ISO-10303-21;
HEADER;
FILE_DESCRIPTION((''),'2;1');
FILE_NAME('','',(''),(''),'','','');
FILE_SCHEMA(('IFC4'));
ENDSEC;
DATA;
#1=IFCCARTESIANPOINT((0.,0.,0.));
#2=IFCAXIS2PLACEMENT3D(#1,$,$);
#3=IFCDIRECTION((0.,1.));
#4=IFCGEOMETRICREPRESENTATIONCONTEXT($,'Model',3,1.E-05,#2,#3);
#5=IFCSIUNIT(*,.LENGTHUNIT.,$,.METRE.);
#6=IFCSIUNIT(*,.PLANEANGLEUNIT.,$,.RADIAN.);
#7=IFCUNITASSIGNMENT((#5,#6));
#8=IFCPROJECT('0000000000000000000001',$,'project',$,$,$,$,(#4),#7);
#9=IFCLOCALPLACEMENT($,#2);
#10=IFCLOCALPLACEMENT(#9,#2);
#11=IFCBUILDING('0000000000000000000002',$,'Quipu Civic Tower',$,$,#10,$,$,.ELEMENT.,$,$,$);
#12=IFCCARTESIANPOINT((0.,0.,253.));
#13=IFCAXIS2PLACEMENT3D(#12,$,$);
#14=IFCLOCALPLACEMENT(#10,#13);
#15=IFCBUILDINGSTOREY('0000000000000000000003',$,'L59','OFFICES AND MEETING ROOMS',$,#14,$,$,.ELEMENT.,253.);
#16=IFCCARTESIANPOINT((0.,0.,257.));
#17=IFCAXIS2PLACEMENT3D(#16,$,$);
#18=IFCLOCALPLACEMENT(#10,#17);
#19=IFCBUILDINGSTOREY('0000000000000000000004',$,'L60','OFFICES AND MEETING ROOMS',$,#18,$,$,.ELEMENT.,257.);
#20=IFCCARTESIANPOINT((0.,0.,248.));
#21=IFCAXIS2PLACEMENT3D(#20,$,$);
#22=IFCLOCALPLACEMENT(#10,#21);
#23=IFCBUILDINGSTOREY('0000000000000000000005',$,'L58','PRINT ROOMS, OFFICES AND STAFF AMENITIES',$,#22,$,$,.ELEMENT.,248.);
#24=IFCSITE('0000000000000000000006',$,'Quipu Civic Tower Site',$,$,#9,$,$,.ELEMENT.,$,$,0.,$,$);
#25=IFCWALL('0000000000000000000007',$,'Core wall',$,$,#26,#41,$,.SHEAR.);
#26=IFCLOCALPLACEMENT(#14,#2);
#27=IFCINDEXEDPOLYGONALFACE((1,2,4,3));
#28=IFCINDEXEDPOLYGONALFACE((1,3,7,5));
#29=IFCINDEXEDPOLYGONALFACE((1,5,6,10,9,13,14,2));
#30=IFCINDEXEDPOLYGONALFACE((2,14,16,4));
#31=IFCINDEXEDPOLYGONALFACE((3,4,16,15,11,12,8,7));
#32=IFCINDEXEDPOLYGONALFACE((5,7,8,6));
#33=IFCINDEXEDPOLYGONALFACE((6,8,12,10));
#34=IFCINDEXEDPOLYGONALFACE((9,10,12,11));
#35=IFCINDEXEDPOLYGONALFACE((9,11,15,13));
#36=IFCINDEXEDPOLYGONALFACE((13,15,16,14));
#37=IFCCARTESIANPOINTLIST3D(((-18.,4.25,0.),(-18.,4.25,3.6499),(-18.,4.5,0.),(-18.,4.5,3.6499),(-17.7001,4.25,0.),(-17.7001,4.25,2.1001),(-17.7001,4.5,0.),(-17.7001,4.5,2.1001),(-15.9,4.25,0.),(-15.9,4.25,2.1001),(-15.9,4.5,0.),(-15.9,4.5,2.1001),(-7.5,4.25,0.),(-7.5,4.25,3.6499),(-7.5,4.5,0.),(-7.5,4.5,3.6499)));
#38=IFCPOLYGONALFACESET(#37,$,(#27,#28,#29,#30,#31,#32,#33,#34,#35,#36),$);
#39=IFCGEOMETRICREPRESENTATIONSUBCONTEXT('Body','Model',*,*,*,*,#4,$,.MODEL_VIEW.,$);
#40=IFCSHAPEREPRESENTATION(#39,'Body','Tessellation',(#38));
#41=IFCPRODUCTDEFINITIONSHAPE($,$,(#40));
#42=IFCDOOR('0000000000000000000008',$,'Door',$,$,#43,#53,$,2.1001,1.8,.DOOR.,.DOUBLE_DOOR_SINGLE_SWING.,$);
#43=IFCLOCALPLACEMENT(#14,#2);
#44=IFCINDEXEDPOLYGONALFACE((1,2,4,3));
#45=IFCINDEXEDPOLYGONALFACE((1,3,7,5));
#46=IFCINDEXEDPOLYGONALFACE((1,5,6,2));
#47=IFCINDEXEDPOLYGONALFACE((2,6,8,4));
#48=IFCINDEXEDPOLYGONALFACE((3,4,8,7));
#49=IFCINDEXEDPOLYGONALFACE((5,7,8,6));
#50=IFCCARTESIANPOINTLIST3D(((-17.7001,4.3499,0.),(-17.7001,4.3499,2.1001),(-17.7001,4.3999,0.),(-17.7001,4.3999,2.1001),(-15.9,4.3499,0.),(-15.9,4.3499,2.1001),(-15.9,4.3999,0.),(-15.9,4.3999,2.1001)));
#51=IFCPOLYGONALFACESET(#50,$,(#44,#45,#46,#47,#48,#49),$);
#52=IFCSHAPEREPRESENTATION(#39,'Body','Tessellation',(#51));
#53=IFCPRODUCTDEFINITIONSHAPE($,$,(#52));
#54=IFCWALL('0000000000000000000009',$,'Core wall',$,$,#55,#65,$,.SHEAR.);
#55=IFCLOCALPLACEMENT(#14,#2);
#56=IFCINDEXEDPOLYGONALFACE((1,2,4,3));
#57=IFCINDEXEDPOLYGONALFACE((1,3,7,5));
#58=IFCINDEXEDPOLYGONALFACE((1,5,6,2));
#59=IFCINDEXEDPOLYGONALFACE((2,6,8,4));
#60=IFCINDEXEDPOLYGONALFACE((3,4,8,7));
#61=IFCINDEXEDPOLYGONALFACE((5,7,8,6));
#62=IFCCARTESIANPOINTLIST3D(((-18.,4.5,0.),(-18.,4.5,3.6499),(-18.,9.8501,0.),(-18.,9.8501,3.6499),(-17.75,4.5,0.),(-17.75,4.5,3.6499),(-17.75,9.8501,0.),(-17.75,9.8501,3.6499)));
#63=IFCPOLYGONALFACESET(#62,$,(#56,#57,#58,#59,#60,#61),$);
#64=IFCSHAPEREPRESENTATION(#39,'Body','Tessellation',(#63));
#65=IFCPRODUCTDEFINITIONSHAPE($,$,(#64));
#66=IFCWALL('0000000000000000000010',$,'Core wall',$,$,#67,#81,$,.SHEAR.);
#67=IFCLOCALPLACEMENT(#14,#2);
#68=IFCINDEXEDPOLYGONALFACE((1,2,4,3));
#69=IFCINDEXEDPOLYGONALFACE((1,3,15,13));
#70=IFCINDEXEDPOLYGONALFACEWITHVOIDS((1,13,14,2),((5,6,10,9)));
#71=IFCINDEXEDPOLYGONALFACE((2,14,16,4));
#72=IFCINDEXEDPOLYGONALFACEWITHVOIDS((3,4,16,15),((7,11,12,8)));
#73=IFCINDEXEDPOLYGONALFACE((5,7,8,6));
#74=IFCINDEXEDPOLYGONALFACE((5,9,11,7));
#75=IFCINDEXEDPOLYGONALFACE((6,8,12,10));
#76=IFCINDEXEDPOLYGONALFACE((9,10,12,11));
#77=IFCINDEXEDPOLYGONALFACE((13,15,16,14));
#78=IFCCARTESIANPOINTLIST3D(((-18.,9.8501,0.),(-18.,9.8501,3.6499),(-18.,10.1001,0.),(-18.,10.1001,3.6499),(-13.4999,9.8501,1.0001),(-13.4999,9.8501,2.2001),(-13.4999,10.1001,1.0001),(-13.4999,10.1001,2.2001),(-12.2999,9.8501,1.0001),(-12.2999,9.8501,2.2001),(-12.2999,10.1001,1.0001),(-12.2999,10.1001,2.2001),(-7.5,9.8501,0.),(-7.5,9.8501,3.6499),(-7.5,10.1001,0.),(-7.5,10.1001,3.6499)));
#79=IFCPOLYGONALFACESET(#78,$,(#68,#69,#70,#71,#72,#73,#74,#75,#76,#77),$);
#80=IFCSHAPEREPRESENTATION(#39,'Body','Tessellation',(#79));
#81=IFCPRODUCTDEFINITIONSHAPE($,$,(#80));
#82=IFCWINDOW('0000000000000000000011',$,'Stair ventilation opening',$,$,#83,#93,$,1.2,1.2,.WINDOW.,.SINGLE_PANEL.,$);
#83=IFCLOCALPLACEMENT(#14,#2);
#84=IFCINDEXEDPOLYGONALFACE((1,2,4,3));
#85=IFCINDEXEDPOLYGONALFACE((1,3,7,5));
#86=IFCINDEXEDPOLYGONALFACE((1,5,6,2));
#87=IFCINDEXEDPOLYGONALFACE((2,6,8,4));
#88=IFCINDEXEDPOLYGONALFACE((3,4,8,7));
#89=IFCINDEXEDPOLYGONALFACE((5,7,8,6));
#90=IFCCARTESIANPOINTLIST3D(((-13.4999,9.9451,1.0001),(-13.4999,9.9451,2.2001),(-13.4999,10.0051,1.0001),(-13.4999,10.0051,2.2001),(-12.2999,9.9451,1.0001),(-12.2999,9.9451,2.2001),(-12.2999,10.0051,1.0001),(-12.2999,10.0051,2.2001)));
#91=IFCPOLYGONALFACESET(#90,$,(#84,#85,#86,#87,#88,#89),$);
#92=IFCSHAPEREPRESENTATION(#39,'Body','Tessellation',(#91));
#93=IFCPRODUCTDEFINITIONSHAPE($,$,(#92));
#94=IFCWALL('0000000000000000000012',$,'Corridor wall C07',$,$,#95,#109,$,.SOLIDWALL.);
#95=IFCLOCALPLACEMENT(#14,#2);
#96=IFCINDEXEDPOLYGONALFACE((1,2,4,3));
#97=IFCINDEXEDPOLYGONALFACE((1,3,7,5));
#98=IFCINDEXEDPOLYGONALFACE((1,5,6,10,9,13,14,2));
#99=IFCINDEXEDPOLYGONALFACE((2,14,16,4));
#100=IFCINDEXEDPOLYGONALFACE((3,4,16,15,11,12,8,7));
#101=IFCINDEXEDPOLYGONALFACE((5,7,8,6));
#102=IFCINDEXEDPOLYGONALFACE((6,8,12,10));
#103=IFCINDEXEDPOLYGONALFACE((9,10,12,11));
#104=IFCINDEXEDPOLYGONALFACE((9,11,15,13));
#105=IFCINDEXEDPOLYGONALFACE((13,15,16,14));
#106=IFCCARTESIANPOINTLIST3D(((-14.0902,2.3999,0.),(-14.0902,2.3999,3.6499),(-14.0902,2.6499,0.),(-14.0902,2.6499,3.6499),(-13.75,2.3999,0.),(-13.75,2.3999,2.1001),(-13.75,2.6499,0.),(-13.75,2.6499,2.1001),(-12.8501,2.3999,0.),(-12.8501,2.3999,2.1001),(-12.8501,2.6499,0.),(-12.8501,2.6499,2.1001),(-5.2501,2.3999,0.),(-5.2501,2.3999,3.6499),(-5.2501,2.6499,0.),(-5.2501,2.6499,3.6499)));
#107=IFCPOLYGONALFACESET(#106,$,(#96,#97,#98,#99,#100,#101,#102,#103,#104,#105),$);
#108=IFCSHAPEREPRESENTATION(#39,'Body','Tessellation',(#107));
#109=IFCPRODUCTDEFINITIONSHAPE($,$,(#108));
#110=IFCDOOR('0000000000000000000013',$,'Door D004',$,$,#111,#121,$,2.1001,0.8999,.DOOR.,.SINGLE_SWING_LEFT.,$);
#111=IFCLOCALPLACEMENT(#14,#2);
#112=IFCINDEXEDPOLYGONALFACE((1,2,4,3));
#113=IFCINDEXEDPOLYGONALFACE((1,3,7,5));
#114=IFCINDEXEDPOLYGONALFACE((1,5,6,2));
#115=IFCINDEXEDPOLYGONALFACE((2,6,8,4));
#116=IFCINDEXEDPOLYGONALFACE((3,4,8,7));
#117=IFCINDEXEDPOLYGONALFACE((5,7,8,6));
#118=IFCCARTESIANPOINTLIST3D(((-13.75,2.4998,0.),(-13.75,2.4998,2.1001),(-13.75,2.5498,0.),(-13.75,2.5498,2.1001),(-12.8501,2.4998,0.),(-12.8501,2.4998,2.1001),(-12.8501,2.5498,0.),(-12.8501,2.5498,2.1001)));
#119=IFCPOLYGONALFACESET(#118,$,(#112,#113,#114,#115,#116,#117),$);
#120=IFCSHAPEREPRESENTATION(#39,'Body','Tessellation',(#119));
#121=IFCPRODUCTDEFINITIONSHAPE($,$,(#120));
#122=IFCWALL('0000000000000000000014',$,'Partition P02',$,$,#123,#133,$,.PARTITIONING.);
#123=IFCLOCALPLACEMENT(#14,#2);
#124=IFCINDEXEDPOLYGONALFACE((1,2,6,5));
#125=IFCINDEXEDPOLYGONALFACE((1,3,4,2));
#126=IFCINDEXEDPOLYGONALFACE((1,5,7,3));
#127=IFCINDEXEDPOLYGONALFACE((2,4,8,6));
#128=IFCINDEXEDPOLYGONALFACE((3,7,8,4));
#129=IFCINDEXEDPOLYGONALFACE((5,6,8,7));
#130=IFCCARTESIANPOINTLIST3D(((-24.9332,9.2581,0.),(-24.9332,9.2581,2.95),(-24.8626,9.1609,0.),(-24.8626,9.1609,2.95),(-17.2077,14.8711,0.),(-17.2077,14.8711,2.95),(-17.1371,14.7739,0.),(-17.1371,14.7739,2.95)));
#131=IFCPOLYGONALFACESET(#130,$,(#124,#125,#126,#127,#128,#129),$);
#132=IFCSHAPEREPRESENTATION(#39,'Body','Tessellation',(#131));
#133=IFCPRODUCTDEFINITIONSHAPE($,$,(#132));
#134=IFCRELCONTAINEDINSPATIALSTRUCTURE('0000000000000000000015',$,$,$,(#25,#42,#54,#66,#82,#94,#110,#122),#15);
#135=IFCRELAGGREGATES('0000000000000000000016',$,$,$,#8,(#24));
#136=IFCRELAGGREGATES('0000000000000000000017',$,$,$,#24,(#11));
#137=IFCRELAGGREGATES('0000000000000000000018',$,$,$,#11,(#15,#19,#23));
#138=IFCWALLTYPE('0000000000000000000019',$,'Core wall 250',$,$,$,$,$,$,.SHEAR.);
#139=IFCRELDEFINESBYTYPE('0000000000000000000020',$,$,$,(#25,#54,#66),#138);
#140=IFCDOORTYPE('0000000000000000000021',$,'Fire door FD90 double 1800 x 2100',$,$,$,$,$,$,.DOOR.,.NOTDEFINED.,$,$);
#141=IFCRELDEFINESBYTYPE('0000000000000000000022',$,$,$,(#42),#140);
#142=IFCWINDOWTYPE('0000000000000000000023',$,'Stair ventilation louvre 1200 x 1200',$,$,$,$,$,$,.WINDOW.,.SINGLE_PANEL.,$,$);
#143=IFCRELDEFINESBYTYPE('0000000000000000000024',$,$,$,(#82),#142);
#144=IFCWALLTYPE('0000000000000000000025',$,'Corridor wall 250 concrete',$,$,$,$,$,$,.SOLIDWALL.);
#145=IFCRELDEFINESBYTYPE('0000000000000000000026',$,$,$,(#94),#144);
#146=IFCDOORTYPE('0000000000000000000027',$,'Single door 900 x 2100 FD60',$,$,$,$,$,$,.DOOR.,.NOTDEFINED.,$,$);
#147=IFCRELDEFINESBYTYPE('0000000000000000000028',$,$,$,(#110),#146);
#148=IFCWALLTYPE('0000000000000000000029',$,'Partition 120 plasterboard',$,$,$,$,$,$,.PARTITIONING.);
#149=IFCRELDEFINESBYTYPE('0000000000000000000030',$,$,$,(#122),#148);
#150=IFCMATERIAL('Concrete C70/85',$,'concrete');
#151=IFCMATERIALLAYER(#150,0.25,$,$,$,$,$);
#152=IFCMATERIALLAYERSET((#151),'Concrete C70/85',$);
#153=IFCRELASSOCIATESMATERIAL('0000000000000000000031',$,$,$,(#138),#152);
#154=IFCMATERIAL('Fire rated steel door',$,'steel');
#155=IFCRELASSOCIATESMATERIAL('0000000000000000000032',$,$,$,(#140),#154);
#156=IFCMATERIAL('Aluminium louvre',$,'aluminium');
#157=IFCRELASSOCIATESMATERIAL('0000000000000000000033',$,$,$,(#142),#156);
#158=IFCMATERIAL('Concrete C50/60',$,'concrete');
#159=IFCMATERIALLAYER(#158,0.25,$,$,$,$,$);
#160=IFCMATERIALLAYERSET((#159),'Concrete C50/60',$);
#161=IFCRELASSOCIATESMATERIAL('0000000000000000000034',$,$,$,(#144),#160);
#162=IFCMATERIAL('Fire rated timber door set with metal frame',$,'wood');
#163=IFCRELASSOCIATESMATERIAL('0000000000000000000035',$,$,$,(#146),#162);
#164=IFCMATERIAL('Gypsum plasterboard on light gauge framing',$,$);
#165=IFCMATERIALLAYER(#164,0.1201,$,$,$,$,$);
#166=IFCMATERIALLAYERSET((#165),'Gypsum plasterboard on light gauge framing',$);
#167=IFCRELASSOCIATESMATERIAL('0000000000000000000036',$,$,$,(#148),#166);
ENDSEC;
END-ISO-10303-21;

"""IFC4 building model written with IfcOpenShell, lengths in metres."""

from ifc_helpers import new_model, si_unit, direction, frame, frame_2d, origin, place, context, subcontext, project, spatial, rectangle, extrude, material, layer, layer_set, type_object, element, fill, save


model = new_model("IFC4")

# Units and contexts
model_context = context("Model", 3, precision=1e-05, world=origin(), true_north=direction((0.0, 1.0)))
body_context = subcontext(model_context, "Body", "Model", "MODEL_VIEW")
ifc_project = project(units=[si_unit("LENGTHUNIT", "METRE"), si_unit("PLANEANGLEUNIT", "RADIAN")], contexts=[model_context])

# Site, building, storey
site_placement = place(None, origin())
site = spatial("IfcSite", under=ifc_project, at=site_placement, Name="Quipu Civic Tower Site", CompositionType="ELEMENT", RefElevation=0.0)
building_placement = place(site_placement, origin())
building = spatial("IfcBuilding", under=site, at=building_placement, Name="Quipu Civic Tower", CompositionType="ELEMENT")
storey_1_placement = place(building_placement, frame((0.0, 0.0, 253.0)))
storey_1 = spatial("IfcBuildingStorey", under=building, at=storey_1_placement, Name="L59", Description="OFFICES AND MEETING ROOMS", CompositionType="ELEMENT", Elevation=253.0)

# Shared definitions
storey_2_placement = place(building_placement, frame((0.0, 0.0, 257.0)))
storey_2 = spatial("IfcBuildingStorey", under=building, at=storey_2_placement, Name="L60", Description="OFFICES AND MEETING ROOMS", CompositionType="ELEMENT", Elevation=257.0)

# Shared definitions
storey_3_placement = place(building_placement, frame((0.0, 0.0, 248.0)))
storey_3 = spatial("IfcBuildingStorey", under=building, at=storey_3_placement, Name="L58", Description="PRINT ROOMS, OFFICES AND STAFF AMENITIES", CompositionType="ELEMENT", Elevation=248.0)

# Shared definitions
ifc_material_1 = material(Name="Concrete C70/85", Category="concrete")
ifc_layer_1 = layer(ifc_material_1, 0.25)
ifc_layer_set_1 = layer_set([ifc_layer_1], Name="Concrete C70/85")
wall_type_1 = type_object("IfcWallType", Name="Core wall 250", PredefinedType="SHEAR", material=ifc_layer_set_1)
ifc_material_2 = material(Name="Fire rated steel door", Category="steel")
door_type_1 = type_object("IfcDoorType", Name="Fire door FD90 double 1800 x 2100", OperationType="NOTDEFINED", PredefinedType="DOOR", material=ifc_material_2)

# Wall, opening, door
wall_1_placement = place(storey_1_placement, frame((-18.0, 4.375, 0.0), z_axis=(0.0, 0.0, 1.0), x_axis=(1.0, 0.0, 0.0)))
wall_1 = element("IfcWall", 1, at=wall_1_placement, inside=storey_1, type_object=wall_type_1, Name="Core wall", PredefinedType="SHEAR", context=body_context, shape_type="SweptSolid", body=[
    extrude(rectangle(XDim=10.5, YDim=0.25, at=frame_2d((5.25, 0.0))), origin(), (0.0, 0.0, 1.0), 3.6499),
])
opening_1_placement = place(wall_1_placement, frame((0.3, 0.0, 0.0)))
opening_1 = element("IfcOpeningElement", 2, at=opening_1_placement, cuts=wall_1, PredefinedType="OPENING", context=body_context, shape_type="SweptSolid", body=[
    extrude(rectangle(XDim=1.8, YDim=2.1001, at=frame_2d((0.8999, 1.05))), frame((0.0, 0.135, 0.0), z_axis=(0.0, -1.0, 0.0), x_axis=(1.0, 0.0, 0.0)), (0.0, 0.0, 1.0), 0.27),
])
door_1_placement = place(opening_1_placement, origin())
door_1 = element("IfcDoor", 3, at=door_1_placement, inside=storey_1, type_object=door_type_1, Name="Door", OperationType="DOUBLE_DOOR_SINGLE_SWING", OverallHeight=2.1001, OverallWidth=1.8, PredefinedType="DOOR", context=body_context, shape_type="SweptSolid", body=[
    extrude(rectangle(XDim=1.8, YDim=2.1001, at=frame_2d((0.8999, 1.05))), frame((0.0, 0.0249, 0.0), z_axis=(0.0, -1.0, 0.0), x_axis=(1.0, 0.0, 0.0)), (0.0, 0.0, 1.0), 0.05),
])
fill(opening_1, door_1)

# Wall
wall_2_placement = place(storey_1_placement, frame((-17.875, 4.5, 0.0), z_axis=(0.0, 0.0, 1.0), x_axis=(0.0, 1.0, 0.0)))
element("IfcWall", 4, at=wall_2_placement, inside=storey_1, type_object=wall_type_1, Name="Core wall", PredefinedType="SHEAR", context=body_context, shape_type="SweptSolid", body=[
    extrude(rectangle(XDim=5.3501, YDim=0.25, at=frame_2d((2.675, 0.0))), origin(), (0.0, 0.0, 1.0), 3.6499),
])

# Wall, opening, window
wall_3_placement = place(storey_1_placement, frame((-18.0, 9.9751, 0.0), z_axis=(0.0, 0.0, 1.0), x_axis=(1.0, 0.0, 0.0)))
wall_3 = element("IfcWall", 5, at=wall_3_placement, inside=storey_1, type_object=wall_type_1, Name="Core wall", PredefinedType="SHEAR", context=body_context, shape_type="SweptSolid", body=[
    extrude(rectangle(XDim=10.5, YDim=0.25, at=frame_2d((5.25, 0.0))), origin(), (0.0, 0.0, 1.0), 3.6499),
])
opening_2_placement = place(wall_3_placement, frame((4.5, 0.0, 1.0)))
opening_2 = element("IfcOpeningElement", 6, at=opening_2_placement, cuts=wall_3, PredefinedType="OPENING", context=body_context, shape_type="SweptSolid", body=[
    extrude(rectangle(XDim=1.2, YDim=1.2, at=frame_2d((0.6001, 0.6001))), frame((0.0, 0.135, 0.0), z_axis=(0.0, -1.0, 0.0), x_axis=(1.0, 0.0, 0.0)), (0.0, 0.0, 1.0), 0.27),
])
ifc_material_3 = material(Name="Aluminium louvre", Category="aluminium")
window_type = type_object("IfcWindowType", Name="Stair ventilation louvre 1200 x 1200", PartitioningType="SINGLE_PANEL", PredefinedType="WINDOW", material=ifc_material_3)
window_placement = place(opening_2_placement, origin())
window = element("IfcWindow", 7, at=window_placement, inside=storey_1, type_object=window_type, Name="Stair ventilation opening", OverallHeight=1.2, OverallWidth=1.2, PartitioningType="SINGLE_PANEL", PredefinedType="WINDOW", context=body_context, shape_type="SweptSolid", body=[
    extrude(rectangle(XDim=1.2, YDim=1.2, at=frame_2d((0.6001, 0.6001))), frame((0.0, 0.03, 0.0), z_axis=(0.0, -1.0, 0.0), x_axis=(1.0, 0.0, 0.0)), (0.0, 0.0, 1.0), 0.0601),
])
fill(opening_2, window)

# Wall, opening, door
ifc_material_4 = material(Name="Concrete C50/60", Category="concrete")
ifc_layer_2 = layer(ifc_material_4, 0.25)
ifc_layer_set_2 = layer_set([ifc_layer_2], Name="Concrete C50/60")
wall_type_2 = type_object("IfcWallType", Name="Corridor wall 250 concrete", PredefinedType="SOLIDWALL", material=ifc_layer_set_2)
wall_4_placement = place(storey_1_placement, frame((-14.0901, 2.5249, 0.0), z_axis=(0.0, 0.0, 1.0), x_axis=(1.0, 0.0, 0.0)))
wall_4 = element("IfcWall", 8, at=wall_4_placement, inside=storey_1, type_object=wall_type_2, Name="Corridor wall C07", PredefinedType="SOLIDWALL", context=body_context, shape_type="SweptSolid", body=[
    extrude(rectangle(XDim=8.8401, YDim=0.25, at=frame_2d((4.4199, 0.0))), origin(), (0.0, 0.0, 1.0), 3.6499),
])
opening_3_placement = place(wall_4_placement, frame((0.3401, 0.0, 0.0)))
opening_3 = element("IfcOpeningElement", 9, at=opening_3_placement, cuts=wall_4, PredefinedType="OPENING", context=body_context, shape_type="SweptSolid", body=[
    extrude(rectangle(XDim=0.8999, YDim=2.1001, at=frame_2d((0.45, 1.05))), frame((0.0, 0.135, 0.0), z_axis=(0.0, -1.0, 0.0), x_axis=(1.0, 0.0, 0.0)), (0.0, 0.0, 1.0), 0.27),
])
ifc_material_5 = material(Name="Fire rated timber door set with metal frame", Category="wood")
door_type_2 = type_object("IfcDoorType", Name="Single door 900 x 2100 FD60", OperationType="NOTDEFINED", PredefinedType="DOOR", material=ifc_material_5)
door_2_placement = place(opening_3_placement, origin())
door_2 = element("IfcDoor", 10, at=door_2_placement, inside=storey_1, type_object=door_type_2, Name="Door D004", OperationType="SINGLE_SWING_LEFT", OverallHeight=2.1001, OverallWidth=0.8999, PredefinedType="DOOR", context=body_context, shape_type="SweptSolid", body=[
    extrude(rectangle(XDim=0.8999, YDim=2.1001, at=frame_2d((0.45, 1.05))), frame((0.0, 0.0249, 0.0), z_axis=(0.0, -1.0, 0.0), x_axis=(1.0, 0.0, 0.0)), (0.0, 0.0, 1.0), 0.05),
])
fill(opening_3, door_2)

# Wall
ifc_material_6 = material(Name="Gypsum plasterboard on light gauge framing")
ifc_layer_3 = layer(ifc_material_6, 0.1201)
ifc_layer_set_3 = layer_set([ifc_layer_3], Name="Gypsum plasterboard on light gauge framing")
wall_type_3 = type_object("IfcWallType", Name="Partition 120 plasterboard", PredefinedType="PARTITIONING", material=ifc_layer_set_3)
wall_5_placement = place(storey_1_placement, frame((-17.1724, 14.8225, 0.0), z_axis=(0.0, 0.0, 1.0), x_axis=(-0.809013, -0.58779, 0.0)))
element("IfcWall", 11, at=wall_5_placement, inside=storey_1, type_object=wall_type_3, Name="Partition P02", PredefinedType="PARTITIONING", context=body_context, shape_type="SweptSolid", body=[
    extrude(rectangle(XDim=9.5493, YDim=0.1201, at=frame_2d((4.7747, 0.0))), origin(), (0.0, 0.0, 1.0), 2.95),
])

save(model, "model.ifc")
